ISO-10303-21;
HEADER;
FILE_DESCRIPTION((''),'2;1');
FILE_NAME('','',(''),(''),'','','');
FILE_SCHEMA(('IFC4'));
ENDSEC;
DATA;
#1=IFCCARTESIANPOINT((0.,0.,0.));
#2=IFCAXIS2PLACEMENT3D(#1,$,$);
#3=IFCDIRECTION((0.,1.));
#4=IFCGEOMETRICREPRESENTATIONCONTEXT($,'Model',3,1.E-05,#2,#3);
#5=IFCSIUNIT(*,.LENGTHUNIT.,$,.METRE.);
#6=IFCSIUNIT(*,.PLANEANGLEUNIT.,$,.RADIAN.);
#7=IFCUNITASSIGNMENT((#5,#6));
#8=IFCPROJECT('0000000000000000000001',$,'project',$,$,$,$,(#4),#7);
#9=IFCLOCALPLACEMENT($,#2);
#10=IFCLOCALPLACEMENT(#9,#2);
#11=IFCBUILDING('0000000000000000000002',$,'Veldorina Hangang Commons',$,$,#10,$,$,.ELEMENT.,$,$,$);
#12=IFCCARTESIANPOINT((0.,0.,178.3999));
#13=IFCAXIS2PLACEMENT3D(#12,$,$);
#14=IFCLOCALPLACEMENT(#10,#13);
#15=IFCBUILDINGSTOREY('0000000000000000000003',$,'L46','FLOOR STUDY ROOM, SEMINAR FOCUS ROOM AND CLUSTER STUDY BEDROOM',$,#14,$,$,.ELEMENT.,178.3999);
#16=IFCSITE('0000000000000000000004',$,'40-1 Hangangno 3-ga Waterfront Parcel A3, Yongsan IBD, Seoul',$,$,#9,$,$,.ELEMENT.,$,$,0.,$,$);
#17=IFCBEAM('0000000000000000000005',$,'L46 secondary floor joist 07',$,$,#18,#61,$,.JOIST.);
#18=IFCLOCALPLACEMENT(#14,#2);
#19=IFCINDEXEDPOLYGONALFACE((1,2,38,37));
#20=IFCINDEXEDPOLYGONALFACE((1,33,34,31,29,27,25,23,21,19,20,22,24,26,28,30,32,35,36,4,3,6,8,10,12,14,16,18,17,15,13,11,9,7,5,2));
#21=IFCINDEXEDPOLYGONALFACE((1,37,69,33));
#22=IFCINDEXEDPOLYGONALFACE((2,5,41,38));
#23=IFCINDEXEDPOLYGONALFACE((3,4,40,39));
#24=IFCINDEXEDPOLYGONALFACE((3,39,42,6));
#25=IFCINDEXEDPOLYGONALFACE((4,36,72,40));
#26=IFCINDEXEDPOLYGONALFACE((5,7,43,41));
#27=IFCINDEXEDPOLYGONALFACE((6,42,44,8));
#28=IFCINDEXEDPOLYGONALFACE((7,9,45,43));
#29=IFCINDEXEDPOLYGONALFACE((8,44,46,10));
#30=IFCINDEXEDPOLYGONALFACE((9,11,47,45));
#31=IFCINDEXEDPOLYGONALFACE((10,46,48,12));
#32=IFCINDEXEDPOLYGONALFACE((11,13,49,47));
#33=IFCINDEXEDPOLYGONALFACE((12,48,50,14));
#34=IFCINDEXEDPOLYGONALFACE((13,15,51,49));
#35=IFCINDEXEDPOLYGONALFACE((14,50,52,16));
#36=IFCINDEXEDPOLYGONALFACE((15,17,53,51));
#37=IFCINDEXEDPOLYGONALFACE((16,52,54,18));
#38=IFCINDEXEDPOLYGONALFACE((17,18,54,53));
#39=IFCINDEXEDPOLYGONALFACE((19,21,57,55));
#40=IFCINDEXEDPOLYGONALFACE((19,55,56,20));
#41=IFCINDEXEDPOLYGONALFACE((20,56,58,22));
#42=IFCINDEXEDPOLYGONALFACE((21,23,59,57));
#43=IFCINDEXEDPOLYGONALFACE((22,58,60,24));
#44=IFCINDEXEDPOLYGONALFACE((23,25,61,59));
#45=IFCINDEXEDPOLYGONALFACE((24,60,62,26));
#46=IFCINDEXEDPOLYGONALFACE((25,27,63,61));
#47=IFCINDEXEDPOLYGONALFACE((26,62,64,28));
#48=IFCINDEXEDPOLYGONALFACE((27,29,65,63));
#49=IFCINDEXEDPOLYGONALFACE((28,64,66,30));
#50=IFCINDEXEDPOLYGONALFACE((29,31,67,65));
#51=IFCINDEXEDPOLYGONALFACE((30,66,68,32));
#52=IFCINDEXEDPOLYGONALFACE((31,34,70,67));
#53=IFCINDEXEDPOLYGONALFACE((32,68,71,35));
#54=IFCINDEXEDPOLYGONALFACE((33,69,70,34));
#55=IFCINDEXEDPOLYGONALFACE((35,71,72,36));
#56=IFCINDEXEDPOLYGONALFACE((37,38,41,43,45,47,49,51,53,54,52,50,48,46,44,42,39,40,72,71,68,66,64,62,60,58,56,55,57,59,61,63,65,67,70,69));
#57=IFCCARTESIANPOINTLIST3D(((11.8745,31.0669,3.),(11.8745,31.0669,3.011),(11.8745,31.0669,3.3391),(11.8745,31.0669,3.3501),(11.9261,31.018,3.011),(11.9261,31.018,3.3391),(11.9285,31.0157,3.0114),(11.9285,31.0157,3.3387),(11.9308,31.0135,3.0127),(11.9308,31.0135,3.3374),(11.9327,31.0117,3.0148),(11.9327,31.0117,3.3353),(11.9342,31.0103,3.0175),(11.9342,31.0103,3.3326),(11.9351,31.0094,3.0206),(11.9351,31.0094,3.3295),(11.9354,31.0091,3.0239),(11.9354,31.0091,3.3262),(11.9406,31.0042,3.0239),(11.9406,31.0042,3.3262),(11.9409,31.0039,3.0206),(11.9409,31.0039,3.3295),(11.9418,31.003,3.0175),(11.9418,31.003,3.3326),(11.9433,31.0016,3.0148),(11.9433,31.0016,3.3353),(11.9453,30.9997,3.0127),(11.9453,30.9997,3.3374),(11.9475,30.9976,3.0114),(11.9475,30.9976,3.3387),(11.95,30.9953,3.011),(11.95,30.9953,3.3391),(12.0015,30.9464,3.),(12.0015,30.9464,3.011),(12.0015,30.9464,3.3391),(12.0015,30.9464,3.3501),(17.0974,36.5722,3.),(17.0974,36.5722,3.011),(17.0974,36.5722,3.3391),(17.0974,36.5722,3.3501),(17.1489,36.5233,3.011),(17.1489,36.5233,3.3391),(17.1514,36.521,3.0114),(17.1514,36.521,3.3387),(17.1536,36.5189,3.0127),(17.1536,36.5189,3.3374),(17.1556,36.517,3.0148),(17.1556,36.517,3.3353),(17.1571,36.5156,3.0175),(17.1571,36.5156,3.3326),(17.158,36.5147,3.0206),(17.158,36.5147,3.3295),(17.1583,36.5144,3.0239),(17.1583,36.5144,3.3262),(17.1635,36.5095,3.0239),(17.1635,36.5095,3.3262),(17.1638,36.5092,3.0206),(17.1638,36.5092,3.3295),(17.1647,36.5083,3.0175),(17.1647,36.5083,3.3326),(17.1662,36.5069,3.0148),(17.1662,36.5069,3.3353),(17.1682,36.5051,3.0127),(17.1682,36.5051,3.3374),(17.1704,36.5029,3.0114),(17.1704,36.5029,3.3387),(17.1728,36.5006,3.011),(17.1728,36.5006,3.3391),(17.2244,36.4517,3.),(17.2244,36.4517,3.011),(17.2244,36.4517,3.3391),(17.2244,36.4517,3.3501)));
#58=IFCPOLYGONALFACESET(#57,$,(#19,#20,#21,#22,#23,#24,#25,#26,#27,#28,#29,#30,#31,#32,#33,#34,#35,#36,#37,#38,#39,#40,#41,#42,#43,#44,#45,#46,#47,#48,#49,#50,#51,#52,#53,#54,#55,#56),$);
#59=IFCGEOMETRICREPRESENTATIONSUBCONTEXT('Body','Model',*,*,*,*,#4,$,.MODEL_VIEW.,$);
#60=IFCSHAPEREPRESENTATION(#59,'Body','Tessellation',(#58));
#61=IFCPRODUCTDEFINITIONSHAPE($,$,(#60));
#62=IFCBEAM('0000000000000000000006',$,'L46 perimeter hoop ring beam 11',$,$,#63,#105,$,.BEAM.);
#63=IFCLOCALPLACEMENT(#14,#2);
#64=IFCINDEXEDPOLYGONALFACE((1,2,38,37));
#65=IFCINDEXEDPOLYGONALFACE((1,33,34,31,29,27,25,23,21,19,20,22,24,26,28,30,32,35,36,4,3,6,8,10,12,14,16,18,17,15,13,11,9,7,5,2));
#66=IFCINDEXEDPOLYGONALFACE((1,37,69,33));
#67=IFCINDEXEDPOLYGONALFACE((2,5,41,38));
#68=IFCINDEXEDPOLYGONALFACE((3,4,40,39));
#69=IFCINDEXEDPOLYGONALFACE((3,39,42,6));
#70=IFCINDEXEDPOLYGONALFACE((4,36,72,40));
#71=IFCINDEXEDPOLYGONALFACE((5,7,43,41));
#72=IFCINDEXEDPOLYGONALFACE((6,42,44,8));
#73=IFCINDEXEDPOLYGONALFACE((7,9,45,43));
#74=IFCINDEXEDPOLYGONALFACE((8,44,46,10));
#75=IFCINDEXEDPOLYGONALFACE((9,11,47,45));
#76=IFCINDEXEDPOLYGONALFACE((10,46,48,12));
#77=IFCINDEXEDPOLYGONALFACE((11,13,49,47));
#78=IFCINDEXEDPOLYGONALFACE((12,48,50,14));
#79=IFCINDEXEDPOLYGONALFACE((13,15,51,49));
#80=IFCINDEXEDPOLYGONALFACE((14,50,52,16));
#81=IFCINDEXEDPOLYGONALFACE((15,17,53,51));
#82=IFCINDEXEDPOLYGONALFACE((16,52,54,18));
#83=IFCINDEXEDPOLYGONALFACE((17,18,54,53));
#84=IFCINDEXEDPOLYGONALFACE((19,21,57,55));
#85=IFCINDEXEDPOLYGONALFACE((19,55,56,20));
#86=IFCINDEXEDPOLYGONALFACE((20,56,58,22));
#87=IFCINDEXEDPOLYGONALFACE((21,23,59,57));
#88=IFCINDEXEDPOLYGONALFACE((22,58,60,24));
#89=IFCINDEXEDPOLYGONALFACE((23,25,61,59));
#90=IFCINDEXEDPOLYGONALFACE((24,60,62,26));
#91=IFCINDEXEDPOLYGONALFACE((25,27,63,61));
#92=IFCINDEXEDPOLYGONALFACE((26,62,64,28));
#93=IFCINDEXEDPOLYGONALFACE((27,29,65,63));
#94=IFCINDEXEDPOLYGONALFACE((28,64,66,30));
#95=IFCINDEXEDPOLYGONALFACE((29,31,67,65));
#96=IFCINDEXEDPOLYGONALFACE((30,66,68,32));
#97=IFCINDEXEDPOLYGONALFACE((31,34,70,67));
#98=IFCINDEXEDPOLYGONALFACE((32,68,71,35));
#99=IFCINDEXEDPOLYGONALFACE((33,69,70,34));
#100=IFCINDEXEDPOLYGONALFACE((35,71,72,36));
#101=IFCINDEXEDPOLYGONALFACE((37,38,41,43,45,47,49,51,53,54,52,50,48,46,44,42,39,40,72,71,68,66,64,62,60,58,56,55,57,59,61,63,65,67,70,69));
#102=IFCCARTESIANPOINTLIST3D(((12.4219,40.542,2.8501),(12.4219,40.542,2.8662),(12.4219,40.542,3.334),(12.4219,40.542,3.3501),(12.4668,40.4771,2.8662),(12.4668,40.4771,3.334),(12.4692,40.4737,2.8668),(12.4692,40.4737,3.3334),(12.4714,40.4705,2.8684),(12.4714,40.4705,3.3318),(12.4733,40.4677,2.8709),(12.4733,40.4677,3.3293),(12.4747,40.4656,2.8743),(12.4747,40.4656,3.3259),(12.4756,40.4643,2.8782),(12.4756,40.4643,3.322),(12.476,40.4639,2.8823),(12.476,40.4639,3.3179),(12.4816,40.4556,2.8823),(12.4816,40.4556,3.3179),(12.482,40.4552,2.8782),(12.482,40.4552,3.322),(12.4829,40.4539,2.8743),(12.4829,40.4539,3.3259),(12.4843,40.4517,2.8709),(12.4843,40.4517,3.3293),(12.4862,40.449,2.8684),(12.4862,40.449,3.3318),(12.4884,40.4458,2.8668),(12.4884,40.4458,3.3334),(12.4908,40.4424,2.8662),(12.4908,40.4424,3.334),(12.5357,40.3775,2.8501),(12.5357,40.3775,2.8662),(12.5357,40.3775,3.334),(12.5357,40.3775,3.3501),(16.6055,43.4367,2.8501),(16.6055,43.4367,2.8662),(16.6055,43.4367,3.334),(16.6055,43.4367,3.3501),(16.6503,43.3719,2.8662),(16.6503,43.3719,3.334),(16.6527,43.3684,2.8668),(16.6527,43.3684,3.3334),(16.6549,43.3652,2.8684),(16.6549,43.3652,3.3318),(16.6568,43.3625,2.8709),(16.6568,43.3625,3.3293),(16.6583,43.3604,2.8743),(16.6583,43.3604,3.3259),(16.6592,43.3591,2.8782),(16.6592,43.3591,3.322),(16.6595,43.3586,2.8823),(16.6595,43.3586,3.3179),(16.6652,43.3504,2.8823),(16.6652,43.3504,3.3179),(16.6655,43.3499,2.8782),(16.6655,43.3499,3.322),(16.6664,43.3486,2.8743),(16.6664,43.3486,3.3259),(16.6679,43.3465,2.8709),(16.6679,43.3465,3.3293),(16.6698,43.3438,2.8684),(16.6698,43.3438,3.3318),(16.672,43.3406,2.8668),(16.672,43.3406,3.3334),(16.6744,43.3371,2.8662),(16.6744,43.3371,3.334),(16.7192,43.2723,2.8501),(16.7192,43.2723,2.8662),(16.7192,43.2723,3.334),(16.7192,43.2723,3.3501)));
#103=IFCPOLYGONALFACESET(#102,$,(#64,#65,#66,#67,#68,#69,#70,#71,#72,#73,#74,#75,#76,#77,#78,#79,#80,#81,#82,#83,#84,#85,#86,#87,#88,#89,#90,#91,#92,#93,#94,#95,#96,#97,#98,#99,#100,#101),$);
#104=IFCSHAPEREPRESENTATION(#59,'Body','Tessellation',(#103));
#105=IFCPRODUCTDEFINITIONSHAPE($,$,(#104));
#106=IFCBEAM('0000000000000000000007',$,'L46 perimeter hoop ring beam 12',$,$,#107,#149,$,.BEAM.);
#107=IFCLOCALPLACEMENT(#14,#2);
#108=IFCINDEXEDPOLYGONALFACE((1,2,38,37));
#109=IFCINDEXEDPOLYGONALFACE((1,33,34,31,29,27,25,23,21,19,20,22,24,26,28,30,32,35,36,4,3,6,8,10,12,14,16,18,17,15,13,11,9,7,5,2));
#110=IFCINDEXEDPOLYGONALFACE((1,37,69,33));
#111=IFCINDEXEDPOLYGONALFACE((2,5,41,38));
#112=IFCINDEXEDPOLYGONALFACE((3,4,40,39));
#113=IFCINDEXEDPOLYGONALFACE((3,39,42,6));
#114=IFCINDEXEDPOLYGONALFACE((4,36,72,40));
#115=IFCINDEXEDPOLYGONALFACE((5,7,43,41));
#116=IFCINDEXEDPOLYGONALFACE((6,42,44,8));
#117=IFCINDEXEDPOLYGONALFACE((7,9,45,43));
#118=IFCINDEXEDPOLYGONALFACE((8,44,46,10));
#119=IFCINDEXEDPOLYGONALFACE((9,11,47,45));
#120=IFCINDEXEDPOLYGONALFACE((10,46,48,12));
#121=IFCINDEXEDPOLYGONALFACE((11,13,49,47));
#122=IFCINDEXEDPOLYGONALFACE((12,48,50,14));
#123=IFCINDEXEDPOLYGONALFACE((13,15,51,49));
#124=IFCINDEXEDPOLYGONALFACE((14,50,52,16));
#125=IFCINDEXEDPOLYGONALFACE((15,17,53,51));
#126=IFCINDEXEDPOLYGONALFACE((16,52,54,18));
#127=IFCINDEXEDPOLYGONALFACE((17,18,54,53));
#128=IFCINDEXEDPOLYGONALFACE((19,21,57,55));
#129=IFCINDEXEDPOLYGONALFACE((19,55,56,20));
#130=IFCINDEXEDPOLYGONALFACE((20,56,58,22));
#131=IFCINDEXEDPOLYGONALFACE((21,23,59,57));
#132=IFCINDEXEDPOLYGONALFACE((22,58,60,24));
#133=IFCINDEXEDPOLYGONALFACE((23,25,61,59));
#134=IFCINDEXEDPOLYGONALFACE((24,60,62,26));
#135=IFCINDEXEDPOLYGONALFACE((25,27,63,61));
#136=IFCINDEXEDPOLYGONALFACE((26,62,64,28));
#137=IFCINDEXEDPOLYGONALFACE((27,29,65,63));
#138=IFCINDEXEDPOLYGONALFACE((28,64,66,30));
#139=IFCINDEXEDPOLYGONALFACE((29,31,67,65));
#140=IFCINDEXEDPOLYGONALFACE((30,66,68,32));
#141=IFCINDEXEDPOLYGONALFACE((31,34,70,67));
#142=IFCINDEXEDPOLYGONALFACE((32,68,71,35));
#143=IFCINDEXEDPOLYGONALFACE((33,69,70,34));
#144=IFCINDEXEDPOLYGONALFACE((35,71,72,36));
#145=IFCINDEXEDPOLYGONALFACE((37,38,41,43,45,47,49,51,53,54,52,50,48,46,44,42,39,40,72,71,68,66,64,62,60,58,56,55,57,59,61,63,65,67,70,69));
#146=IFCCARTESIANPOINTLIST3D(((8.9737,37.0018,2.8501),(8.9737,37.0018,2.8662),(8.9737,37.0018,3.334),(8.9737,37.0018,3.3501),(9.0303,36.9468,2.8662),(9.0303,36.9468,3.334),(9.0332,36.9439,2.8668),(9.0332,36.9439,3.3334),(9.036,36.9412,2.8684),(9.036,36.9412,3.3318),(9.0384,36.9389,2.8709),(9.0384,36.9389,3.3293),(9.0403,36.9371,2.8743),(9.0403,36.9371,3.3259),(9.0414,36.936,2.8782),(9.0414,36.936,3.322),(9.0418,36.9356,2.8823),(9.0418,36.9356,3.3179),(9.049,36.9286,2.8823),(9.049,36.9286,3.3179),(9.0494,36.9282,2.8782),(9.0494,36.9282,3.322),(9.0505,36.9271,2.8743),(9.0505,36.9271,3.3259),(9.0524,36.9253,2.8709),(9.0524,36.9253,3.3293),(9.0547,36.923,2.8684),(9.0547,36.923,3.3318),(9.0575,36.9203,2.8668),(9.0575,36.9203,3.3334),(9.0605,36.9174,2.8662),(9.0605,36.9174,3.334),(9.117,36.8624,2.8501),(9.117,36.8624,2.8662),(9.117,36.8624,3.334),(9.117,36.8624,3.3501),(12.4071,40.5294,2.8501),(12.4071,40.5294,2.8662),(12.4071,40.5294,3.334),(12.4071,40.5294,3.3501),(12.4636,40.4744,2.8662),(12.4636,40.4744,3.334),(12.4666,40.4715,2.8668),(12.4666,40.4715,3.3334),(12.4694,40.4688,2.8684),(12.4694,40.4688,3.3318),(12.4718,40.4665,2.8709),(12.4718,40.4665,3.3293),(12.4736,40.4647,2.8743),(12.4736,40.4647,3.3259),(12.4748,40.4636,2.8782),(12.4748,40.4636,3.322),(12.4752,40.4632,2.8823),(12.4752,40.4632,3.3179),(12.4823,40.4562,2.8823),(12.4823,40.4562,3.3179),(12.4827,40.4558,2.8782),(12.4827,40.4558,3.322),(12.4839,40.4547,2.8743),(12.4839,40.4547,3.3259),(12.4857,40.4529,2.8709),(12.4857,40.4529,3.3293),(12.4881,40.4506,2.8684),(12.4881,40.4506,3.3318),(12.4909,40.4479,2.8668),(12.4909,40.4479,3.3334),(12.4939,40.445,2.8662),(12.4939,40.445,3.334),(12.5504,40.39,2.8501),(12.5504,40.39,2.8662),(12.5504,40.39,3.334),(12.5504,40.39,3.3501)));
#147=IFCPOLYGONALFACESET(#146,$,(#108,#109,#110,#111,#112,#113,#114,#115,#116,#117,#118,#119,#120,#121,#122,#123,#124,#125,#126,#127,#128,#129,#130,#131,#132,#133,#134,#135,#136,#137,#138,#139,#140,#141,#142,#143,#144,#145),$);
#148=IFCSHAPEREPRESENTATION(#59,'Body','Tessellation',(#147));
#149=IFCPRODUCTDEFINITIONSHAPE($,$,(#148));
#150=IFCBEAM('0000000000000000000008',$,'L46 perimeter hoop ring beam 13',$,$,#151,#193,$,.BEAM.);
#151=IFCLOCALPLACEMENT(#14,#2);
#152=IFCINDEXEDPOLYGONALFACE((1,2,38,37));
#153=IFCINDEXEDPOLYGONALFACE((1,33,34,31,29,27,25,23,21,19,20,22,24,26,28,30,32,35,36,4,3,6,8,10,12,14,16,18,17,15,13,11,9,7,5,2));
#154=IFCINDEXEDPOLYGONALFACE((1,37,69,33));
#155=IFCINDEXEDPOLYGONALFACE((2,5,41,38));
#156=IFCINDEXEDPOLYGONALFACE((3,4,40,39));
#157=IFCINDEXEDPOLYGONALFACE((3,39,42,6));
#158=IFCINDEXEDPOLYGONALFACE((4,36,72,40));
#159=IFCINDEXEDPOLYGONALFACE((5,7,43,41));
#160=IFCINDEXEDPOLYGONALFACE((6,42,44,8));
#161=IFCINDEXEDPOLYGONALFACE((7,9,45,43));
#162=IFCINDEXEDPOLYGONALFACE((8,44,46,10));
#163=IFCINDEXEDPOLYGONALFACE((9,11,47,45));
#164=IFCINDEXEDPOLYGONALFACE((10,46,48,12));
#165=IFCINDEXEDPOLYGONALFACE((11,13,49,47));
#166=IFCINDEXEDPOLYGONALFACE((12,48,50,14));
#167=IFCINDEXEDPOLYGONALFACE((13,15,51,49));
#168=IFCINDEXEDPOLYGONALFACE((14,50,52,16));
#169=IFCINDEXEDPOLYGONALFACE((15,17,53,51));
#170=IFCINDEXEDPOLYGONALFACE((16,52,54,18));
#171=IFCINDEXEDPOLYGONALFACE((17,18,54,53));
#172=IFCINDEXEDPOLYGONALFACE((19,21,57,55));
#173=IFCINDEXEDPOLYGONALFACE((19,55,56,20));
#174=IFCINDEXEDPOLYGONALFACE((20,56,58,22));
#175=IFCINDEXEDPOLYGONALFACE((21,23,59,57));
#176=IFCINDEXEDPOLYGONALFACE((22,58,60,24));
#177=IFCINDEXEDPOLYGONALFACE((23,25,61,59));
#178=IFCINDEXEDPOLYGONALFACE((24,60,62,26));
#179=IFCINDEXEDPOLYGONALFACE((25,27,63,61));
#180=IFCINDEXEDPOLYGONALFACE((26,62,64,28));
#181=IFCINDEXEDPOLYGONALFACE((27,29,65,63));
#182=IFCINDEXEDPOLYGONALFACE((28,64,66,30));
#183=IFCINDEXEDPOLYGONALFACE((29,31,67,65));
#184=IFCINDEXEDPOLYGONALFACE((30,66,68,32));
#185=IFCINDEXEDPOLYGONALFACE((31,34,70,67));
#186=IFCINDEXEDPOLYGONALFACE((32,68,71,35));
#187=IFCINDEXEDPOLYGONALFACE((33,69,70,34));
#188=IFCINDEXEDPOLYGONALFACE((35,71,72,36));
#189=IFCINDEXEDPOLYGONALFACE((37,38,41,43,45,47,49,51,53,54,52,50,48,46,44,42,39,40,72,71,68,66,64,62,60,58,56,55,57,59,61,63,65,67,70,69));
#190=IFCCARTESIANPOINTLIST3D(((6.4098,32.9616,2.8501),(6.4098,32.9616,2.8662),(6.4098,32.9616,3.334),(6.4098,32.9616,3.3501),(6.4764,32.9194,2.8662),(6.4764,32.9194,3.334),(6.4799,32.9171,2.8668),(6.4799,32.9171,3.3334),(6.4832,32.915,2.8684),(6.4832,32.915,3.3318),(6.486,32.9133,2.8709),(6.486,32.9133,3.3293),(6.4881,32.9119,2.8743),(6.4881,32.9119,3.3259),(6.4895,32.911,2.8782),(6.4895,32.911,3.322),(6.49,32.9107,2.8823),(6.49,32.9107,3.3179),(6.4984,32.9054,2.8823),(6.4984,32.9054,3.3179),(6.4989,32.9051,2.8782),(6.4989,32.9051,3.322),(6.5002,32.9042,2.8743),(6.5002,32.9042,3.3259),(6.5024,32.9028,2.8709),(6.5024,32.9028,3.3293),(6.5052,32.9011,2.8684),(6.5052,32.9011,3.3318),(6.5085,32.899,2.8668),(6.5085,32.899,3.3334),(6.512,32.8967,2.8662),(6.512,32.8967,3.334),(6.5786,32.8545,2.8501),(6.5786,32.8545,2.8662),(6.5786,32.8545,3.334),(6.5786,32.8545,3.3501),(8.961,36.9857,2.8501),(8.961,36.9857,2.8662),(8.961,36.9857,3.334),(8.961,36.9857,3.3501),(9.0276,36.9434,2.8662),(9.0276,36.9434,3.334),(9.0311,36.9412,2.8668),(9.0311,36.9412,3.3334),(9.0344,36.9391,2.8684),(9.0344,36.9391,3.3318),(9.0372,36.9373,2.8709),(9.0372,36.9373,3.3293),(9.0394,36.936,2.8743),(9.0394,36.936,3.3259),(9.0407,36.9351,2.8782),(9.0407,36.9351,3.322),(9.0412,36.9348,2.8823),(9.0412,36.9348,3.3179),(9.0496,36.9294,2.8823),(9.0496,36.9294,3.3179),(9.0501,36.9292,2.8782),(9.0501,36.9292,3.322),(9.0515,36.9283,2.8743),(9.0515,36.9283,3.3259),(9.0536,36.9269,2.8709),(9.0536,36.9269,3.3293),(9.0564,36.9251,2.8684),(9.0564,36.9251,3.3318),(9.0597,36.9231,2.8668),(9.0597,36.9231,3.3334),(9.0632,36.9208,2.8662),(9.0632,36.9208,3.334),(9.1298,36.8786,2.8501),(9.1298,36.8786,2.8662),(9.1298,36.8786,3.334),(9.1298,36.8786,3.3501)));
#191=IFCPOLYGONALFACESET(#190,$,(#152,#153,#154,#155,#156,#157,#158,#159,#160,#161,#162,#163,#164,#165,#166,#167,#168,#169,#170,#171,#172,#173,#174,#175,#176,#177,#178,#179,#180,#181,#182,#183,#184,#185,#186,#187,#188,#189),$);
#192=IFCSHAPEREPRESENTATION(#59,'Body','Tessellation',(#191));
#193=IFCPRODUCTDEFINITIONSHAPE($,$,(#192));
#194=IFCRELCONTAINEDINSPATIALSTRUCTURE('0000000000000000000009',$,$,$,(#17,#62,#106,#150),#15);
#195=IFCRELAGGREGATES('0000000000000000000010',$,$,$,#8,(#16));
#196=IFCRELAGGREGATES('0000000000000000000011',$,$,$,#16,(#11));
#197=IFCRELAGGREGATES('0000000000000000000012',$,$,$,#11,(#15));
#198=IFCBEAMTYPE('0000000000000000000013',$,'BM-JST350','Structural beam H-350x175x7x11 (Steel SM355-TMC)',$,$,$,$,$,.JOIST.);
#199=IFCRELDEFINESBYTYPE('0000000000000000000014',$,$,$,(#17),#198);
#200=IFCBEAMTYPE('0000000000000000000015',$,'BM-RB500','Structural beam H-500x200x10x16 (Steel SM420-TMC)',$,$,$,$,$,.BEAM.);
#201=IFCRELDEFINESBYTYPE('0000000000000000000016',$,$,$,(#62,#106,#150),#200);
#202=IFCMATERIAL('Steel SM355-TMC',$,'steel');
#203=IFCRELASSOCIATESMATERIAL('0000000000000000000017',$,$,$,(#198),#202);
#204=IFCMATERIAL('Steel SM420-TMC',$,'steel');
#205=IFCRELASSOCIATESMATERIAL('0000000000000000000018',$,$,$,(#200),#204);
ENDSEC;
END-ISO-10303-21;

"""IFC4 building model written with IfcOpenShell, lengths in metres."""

from ifc_helpers import new_model, si_unit, direction, frame, origin, origin_2d, place, context, subcontext, project, spatial, i_section, extrude, material, material_profile, profile_set, type_object, element, save


model = new_model("IFC4")

# Units and contexts
model_context = context("Model", 3, precision=1e-05, world=origin(), true_north=direction((0.0, 1.0)))
body_context = subcontext(model_context, "Body", "Model", "MODEL_VIEW")
ifc_project = project(units=[si_unit("LENGTHUNIT", "METRE"), si_unit("PLANEANGLEUNIT", "RADIAN")], contexts=[model_context])

# Site, building, storey
site_placement = place(None, origin())
site = spatial("IfcSite", under=ifc_project, at=site_placement, Name="40-1 Hangangno 3-ga Waterfront Parcel A3, Yongsan IBD, Seoul", CompositionType="ELEMENT", RefElevation=0.0)
building_placement = place(site_placement, origin())
building = spatial("IfcBuilding", under=site, at=building_placement, Name="Veldorina Hangang Commons", CompositionType="ELEMENT")
storey_placement = place(building_placement, frame((0.0, 0.0, 178.3999)))
storey = spatial("IfcBuildingStorey", under=building, at=storey_placement, Name="L46", Description="FLOOR STUDY ROOM, SEMINAR FOCUS ROOM AND CLUSTER STUDY BEDROOM", CompositionType="ELEMENT", Elevation=178.3999)

# Beams
ifc_material_1 = material(Name="Steel SM355-TMC", Category="steel")
ifc_material_profile_1 = material_profile(ifc_material_1, i_section(OverallWidth=0.175, OverallDepth=0.3501, WebThickness=0.0071, FlangeThickness=0.011, FilletRadius=0.0129, at=origin_2d()), Name="H-350x175x7x11")
ifc_profile_set_1 = profile_set([ifc_material_profile_1], Name="Steel SM355-TMC")
beam_type_1 = type_object("IfcBeamType", Name="BM-JST350", Description="Structural beam H-350x175x7x11 (Steel SM355-TMC)", PredefinedType="JOIST", material=ifc_profile_set_1)
beam_1_placement = place(storey_placement, frame((17.1609, 36.512, 3.175), z_axis=(-0.68825, -0.725473, 0.0), x_axis=(0.725473, -0.68825, 0.0)))
element("IfcBeam", 1, at=beam_1_placement, inside=storey, type_object=beam_type_1, Name="L46 secondary floor joist 07", PredefinedType="JOIST", context=body_context, shape_type="SweptSolid", body=[
    extrude(i_section(OverallWidth=0.175, OverallDepth=0.3501, WebThickness=0.0071, FlangeThickness=0.011, FilletRadius=0.0129, at=origin_2d()), origin(), (0.0, 0.0, 1.0), 7.5886),
])
ifc_material_2 = material(Name="Steel SM420-TMC", Category="steel")
ifc_material_profile_2 = material_profile(ifc_material_2, i_section(OverallWidth=0.2, OverallDepth=0.5, WebThickness=0.01, FlangeThickness=0.0161, FilletRadius=0.0161, at=origin_2d()), Name="H-500x200x10x16")
ifc_profile_set_2 = profile_set([ifc_material_profile_2], Name="Steel SM420-TMC")
beam_type_2 = type_object("IfcBeamType", Name="BM-RB500", Description="Structural beam H-500x200x10x16 (Steel SM420-TMC)", PredefinedType="BEAM", material=ifc_profile_set_2)
beam_2_placement = place(storey_placement, frame((16.6624, 43.3545, 3.1001), z_axis=(-0.822336, -0.569003, 0.0), x_axis=(0.569003, -0.822336, 0.0)))
element("IfcBeam", 2, at=beam_2_placement, inside=storey, type_object=beam_type_2, Name="L46 perimeter hoop ring beam 11", PredefinedType="BEAM", context=body_context, shape_type="SweptSolid", body=[
    extrude(i_section(OverallWidth=0.2, OverallDepth=0.5, WebThickness=0.01, FlangeThickness=0.0161, FilletRadius=0.0161, at=origin_2d()), origin(), (0.0, 0.0, 1.0), 5.0874),
])
beam_3_placement = place(storey_placement, frame((12.4788, 40.4597, 3.1001), z_axis=(-0.69747, -0.716614, 0.0), x_axis=(0.716614, -0.69747, 0.0)))
element("IfcBeam", 3, at=beam_3_placement, inside=storey, type_object=beam_type_2, Name="L46 perimeter hoop ring beam 12", PredefinedType="BEAM", context=body_context, shape_type="SweptSolid", body=[
    extrude(i_section(OverallWidth=0.2, OverallDepth=0.5, WebThickness=0.01, FlangeThickness=0.0161, FilletRadius=0.0161, at=origin_2d()), origin(), (0.0, 0.0, 1.0), 4.9226),
])
beam_4_placement = place(storey_placement, frame((9.0454, 36.9321, 3.1001), z_axis=(-0.535446, -0.84457, 0.0), x_axis=(0.84457, -0.535446, 0.0)))
element("IfcBeam", 4, at=beam_4_placement, inside=storey, type_object=beam_type_2, Name="L46 perimeter hoop ring beam 13", PredefinedType="BEAM", context=body_context, shape_type="SweptSolid", body=[
    extrude(i_section(OverallWidth=0.2, OverallDepth=0.5, WebThickness=0.01, FlangeThickness=0.0161, FilletRadius=0.0161, at=origin_2d()), origin(), (0.0, 0.0, 1.0), 4.7646),
])

save(model, "model.ifc")
